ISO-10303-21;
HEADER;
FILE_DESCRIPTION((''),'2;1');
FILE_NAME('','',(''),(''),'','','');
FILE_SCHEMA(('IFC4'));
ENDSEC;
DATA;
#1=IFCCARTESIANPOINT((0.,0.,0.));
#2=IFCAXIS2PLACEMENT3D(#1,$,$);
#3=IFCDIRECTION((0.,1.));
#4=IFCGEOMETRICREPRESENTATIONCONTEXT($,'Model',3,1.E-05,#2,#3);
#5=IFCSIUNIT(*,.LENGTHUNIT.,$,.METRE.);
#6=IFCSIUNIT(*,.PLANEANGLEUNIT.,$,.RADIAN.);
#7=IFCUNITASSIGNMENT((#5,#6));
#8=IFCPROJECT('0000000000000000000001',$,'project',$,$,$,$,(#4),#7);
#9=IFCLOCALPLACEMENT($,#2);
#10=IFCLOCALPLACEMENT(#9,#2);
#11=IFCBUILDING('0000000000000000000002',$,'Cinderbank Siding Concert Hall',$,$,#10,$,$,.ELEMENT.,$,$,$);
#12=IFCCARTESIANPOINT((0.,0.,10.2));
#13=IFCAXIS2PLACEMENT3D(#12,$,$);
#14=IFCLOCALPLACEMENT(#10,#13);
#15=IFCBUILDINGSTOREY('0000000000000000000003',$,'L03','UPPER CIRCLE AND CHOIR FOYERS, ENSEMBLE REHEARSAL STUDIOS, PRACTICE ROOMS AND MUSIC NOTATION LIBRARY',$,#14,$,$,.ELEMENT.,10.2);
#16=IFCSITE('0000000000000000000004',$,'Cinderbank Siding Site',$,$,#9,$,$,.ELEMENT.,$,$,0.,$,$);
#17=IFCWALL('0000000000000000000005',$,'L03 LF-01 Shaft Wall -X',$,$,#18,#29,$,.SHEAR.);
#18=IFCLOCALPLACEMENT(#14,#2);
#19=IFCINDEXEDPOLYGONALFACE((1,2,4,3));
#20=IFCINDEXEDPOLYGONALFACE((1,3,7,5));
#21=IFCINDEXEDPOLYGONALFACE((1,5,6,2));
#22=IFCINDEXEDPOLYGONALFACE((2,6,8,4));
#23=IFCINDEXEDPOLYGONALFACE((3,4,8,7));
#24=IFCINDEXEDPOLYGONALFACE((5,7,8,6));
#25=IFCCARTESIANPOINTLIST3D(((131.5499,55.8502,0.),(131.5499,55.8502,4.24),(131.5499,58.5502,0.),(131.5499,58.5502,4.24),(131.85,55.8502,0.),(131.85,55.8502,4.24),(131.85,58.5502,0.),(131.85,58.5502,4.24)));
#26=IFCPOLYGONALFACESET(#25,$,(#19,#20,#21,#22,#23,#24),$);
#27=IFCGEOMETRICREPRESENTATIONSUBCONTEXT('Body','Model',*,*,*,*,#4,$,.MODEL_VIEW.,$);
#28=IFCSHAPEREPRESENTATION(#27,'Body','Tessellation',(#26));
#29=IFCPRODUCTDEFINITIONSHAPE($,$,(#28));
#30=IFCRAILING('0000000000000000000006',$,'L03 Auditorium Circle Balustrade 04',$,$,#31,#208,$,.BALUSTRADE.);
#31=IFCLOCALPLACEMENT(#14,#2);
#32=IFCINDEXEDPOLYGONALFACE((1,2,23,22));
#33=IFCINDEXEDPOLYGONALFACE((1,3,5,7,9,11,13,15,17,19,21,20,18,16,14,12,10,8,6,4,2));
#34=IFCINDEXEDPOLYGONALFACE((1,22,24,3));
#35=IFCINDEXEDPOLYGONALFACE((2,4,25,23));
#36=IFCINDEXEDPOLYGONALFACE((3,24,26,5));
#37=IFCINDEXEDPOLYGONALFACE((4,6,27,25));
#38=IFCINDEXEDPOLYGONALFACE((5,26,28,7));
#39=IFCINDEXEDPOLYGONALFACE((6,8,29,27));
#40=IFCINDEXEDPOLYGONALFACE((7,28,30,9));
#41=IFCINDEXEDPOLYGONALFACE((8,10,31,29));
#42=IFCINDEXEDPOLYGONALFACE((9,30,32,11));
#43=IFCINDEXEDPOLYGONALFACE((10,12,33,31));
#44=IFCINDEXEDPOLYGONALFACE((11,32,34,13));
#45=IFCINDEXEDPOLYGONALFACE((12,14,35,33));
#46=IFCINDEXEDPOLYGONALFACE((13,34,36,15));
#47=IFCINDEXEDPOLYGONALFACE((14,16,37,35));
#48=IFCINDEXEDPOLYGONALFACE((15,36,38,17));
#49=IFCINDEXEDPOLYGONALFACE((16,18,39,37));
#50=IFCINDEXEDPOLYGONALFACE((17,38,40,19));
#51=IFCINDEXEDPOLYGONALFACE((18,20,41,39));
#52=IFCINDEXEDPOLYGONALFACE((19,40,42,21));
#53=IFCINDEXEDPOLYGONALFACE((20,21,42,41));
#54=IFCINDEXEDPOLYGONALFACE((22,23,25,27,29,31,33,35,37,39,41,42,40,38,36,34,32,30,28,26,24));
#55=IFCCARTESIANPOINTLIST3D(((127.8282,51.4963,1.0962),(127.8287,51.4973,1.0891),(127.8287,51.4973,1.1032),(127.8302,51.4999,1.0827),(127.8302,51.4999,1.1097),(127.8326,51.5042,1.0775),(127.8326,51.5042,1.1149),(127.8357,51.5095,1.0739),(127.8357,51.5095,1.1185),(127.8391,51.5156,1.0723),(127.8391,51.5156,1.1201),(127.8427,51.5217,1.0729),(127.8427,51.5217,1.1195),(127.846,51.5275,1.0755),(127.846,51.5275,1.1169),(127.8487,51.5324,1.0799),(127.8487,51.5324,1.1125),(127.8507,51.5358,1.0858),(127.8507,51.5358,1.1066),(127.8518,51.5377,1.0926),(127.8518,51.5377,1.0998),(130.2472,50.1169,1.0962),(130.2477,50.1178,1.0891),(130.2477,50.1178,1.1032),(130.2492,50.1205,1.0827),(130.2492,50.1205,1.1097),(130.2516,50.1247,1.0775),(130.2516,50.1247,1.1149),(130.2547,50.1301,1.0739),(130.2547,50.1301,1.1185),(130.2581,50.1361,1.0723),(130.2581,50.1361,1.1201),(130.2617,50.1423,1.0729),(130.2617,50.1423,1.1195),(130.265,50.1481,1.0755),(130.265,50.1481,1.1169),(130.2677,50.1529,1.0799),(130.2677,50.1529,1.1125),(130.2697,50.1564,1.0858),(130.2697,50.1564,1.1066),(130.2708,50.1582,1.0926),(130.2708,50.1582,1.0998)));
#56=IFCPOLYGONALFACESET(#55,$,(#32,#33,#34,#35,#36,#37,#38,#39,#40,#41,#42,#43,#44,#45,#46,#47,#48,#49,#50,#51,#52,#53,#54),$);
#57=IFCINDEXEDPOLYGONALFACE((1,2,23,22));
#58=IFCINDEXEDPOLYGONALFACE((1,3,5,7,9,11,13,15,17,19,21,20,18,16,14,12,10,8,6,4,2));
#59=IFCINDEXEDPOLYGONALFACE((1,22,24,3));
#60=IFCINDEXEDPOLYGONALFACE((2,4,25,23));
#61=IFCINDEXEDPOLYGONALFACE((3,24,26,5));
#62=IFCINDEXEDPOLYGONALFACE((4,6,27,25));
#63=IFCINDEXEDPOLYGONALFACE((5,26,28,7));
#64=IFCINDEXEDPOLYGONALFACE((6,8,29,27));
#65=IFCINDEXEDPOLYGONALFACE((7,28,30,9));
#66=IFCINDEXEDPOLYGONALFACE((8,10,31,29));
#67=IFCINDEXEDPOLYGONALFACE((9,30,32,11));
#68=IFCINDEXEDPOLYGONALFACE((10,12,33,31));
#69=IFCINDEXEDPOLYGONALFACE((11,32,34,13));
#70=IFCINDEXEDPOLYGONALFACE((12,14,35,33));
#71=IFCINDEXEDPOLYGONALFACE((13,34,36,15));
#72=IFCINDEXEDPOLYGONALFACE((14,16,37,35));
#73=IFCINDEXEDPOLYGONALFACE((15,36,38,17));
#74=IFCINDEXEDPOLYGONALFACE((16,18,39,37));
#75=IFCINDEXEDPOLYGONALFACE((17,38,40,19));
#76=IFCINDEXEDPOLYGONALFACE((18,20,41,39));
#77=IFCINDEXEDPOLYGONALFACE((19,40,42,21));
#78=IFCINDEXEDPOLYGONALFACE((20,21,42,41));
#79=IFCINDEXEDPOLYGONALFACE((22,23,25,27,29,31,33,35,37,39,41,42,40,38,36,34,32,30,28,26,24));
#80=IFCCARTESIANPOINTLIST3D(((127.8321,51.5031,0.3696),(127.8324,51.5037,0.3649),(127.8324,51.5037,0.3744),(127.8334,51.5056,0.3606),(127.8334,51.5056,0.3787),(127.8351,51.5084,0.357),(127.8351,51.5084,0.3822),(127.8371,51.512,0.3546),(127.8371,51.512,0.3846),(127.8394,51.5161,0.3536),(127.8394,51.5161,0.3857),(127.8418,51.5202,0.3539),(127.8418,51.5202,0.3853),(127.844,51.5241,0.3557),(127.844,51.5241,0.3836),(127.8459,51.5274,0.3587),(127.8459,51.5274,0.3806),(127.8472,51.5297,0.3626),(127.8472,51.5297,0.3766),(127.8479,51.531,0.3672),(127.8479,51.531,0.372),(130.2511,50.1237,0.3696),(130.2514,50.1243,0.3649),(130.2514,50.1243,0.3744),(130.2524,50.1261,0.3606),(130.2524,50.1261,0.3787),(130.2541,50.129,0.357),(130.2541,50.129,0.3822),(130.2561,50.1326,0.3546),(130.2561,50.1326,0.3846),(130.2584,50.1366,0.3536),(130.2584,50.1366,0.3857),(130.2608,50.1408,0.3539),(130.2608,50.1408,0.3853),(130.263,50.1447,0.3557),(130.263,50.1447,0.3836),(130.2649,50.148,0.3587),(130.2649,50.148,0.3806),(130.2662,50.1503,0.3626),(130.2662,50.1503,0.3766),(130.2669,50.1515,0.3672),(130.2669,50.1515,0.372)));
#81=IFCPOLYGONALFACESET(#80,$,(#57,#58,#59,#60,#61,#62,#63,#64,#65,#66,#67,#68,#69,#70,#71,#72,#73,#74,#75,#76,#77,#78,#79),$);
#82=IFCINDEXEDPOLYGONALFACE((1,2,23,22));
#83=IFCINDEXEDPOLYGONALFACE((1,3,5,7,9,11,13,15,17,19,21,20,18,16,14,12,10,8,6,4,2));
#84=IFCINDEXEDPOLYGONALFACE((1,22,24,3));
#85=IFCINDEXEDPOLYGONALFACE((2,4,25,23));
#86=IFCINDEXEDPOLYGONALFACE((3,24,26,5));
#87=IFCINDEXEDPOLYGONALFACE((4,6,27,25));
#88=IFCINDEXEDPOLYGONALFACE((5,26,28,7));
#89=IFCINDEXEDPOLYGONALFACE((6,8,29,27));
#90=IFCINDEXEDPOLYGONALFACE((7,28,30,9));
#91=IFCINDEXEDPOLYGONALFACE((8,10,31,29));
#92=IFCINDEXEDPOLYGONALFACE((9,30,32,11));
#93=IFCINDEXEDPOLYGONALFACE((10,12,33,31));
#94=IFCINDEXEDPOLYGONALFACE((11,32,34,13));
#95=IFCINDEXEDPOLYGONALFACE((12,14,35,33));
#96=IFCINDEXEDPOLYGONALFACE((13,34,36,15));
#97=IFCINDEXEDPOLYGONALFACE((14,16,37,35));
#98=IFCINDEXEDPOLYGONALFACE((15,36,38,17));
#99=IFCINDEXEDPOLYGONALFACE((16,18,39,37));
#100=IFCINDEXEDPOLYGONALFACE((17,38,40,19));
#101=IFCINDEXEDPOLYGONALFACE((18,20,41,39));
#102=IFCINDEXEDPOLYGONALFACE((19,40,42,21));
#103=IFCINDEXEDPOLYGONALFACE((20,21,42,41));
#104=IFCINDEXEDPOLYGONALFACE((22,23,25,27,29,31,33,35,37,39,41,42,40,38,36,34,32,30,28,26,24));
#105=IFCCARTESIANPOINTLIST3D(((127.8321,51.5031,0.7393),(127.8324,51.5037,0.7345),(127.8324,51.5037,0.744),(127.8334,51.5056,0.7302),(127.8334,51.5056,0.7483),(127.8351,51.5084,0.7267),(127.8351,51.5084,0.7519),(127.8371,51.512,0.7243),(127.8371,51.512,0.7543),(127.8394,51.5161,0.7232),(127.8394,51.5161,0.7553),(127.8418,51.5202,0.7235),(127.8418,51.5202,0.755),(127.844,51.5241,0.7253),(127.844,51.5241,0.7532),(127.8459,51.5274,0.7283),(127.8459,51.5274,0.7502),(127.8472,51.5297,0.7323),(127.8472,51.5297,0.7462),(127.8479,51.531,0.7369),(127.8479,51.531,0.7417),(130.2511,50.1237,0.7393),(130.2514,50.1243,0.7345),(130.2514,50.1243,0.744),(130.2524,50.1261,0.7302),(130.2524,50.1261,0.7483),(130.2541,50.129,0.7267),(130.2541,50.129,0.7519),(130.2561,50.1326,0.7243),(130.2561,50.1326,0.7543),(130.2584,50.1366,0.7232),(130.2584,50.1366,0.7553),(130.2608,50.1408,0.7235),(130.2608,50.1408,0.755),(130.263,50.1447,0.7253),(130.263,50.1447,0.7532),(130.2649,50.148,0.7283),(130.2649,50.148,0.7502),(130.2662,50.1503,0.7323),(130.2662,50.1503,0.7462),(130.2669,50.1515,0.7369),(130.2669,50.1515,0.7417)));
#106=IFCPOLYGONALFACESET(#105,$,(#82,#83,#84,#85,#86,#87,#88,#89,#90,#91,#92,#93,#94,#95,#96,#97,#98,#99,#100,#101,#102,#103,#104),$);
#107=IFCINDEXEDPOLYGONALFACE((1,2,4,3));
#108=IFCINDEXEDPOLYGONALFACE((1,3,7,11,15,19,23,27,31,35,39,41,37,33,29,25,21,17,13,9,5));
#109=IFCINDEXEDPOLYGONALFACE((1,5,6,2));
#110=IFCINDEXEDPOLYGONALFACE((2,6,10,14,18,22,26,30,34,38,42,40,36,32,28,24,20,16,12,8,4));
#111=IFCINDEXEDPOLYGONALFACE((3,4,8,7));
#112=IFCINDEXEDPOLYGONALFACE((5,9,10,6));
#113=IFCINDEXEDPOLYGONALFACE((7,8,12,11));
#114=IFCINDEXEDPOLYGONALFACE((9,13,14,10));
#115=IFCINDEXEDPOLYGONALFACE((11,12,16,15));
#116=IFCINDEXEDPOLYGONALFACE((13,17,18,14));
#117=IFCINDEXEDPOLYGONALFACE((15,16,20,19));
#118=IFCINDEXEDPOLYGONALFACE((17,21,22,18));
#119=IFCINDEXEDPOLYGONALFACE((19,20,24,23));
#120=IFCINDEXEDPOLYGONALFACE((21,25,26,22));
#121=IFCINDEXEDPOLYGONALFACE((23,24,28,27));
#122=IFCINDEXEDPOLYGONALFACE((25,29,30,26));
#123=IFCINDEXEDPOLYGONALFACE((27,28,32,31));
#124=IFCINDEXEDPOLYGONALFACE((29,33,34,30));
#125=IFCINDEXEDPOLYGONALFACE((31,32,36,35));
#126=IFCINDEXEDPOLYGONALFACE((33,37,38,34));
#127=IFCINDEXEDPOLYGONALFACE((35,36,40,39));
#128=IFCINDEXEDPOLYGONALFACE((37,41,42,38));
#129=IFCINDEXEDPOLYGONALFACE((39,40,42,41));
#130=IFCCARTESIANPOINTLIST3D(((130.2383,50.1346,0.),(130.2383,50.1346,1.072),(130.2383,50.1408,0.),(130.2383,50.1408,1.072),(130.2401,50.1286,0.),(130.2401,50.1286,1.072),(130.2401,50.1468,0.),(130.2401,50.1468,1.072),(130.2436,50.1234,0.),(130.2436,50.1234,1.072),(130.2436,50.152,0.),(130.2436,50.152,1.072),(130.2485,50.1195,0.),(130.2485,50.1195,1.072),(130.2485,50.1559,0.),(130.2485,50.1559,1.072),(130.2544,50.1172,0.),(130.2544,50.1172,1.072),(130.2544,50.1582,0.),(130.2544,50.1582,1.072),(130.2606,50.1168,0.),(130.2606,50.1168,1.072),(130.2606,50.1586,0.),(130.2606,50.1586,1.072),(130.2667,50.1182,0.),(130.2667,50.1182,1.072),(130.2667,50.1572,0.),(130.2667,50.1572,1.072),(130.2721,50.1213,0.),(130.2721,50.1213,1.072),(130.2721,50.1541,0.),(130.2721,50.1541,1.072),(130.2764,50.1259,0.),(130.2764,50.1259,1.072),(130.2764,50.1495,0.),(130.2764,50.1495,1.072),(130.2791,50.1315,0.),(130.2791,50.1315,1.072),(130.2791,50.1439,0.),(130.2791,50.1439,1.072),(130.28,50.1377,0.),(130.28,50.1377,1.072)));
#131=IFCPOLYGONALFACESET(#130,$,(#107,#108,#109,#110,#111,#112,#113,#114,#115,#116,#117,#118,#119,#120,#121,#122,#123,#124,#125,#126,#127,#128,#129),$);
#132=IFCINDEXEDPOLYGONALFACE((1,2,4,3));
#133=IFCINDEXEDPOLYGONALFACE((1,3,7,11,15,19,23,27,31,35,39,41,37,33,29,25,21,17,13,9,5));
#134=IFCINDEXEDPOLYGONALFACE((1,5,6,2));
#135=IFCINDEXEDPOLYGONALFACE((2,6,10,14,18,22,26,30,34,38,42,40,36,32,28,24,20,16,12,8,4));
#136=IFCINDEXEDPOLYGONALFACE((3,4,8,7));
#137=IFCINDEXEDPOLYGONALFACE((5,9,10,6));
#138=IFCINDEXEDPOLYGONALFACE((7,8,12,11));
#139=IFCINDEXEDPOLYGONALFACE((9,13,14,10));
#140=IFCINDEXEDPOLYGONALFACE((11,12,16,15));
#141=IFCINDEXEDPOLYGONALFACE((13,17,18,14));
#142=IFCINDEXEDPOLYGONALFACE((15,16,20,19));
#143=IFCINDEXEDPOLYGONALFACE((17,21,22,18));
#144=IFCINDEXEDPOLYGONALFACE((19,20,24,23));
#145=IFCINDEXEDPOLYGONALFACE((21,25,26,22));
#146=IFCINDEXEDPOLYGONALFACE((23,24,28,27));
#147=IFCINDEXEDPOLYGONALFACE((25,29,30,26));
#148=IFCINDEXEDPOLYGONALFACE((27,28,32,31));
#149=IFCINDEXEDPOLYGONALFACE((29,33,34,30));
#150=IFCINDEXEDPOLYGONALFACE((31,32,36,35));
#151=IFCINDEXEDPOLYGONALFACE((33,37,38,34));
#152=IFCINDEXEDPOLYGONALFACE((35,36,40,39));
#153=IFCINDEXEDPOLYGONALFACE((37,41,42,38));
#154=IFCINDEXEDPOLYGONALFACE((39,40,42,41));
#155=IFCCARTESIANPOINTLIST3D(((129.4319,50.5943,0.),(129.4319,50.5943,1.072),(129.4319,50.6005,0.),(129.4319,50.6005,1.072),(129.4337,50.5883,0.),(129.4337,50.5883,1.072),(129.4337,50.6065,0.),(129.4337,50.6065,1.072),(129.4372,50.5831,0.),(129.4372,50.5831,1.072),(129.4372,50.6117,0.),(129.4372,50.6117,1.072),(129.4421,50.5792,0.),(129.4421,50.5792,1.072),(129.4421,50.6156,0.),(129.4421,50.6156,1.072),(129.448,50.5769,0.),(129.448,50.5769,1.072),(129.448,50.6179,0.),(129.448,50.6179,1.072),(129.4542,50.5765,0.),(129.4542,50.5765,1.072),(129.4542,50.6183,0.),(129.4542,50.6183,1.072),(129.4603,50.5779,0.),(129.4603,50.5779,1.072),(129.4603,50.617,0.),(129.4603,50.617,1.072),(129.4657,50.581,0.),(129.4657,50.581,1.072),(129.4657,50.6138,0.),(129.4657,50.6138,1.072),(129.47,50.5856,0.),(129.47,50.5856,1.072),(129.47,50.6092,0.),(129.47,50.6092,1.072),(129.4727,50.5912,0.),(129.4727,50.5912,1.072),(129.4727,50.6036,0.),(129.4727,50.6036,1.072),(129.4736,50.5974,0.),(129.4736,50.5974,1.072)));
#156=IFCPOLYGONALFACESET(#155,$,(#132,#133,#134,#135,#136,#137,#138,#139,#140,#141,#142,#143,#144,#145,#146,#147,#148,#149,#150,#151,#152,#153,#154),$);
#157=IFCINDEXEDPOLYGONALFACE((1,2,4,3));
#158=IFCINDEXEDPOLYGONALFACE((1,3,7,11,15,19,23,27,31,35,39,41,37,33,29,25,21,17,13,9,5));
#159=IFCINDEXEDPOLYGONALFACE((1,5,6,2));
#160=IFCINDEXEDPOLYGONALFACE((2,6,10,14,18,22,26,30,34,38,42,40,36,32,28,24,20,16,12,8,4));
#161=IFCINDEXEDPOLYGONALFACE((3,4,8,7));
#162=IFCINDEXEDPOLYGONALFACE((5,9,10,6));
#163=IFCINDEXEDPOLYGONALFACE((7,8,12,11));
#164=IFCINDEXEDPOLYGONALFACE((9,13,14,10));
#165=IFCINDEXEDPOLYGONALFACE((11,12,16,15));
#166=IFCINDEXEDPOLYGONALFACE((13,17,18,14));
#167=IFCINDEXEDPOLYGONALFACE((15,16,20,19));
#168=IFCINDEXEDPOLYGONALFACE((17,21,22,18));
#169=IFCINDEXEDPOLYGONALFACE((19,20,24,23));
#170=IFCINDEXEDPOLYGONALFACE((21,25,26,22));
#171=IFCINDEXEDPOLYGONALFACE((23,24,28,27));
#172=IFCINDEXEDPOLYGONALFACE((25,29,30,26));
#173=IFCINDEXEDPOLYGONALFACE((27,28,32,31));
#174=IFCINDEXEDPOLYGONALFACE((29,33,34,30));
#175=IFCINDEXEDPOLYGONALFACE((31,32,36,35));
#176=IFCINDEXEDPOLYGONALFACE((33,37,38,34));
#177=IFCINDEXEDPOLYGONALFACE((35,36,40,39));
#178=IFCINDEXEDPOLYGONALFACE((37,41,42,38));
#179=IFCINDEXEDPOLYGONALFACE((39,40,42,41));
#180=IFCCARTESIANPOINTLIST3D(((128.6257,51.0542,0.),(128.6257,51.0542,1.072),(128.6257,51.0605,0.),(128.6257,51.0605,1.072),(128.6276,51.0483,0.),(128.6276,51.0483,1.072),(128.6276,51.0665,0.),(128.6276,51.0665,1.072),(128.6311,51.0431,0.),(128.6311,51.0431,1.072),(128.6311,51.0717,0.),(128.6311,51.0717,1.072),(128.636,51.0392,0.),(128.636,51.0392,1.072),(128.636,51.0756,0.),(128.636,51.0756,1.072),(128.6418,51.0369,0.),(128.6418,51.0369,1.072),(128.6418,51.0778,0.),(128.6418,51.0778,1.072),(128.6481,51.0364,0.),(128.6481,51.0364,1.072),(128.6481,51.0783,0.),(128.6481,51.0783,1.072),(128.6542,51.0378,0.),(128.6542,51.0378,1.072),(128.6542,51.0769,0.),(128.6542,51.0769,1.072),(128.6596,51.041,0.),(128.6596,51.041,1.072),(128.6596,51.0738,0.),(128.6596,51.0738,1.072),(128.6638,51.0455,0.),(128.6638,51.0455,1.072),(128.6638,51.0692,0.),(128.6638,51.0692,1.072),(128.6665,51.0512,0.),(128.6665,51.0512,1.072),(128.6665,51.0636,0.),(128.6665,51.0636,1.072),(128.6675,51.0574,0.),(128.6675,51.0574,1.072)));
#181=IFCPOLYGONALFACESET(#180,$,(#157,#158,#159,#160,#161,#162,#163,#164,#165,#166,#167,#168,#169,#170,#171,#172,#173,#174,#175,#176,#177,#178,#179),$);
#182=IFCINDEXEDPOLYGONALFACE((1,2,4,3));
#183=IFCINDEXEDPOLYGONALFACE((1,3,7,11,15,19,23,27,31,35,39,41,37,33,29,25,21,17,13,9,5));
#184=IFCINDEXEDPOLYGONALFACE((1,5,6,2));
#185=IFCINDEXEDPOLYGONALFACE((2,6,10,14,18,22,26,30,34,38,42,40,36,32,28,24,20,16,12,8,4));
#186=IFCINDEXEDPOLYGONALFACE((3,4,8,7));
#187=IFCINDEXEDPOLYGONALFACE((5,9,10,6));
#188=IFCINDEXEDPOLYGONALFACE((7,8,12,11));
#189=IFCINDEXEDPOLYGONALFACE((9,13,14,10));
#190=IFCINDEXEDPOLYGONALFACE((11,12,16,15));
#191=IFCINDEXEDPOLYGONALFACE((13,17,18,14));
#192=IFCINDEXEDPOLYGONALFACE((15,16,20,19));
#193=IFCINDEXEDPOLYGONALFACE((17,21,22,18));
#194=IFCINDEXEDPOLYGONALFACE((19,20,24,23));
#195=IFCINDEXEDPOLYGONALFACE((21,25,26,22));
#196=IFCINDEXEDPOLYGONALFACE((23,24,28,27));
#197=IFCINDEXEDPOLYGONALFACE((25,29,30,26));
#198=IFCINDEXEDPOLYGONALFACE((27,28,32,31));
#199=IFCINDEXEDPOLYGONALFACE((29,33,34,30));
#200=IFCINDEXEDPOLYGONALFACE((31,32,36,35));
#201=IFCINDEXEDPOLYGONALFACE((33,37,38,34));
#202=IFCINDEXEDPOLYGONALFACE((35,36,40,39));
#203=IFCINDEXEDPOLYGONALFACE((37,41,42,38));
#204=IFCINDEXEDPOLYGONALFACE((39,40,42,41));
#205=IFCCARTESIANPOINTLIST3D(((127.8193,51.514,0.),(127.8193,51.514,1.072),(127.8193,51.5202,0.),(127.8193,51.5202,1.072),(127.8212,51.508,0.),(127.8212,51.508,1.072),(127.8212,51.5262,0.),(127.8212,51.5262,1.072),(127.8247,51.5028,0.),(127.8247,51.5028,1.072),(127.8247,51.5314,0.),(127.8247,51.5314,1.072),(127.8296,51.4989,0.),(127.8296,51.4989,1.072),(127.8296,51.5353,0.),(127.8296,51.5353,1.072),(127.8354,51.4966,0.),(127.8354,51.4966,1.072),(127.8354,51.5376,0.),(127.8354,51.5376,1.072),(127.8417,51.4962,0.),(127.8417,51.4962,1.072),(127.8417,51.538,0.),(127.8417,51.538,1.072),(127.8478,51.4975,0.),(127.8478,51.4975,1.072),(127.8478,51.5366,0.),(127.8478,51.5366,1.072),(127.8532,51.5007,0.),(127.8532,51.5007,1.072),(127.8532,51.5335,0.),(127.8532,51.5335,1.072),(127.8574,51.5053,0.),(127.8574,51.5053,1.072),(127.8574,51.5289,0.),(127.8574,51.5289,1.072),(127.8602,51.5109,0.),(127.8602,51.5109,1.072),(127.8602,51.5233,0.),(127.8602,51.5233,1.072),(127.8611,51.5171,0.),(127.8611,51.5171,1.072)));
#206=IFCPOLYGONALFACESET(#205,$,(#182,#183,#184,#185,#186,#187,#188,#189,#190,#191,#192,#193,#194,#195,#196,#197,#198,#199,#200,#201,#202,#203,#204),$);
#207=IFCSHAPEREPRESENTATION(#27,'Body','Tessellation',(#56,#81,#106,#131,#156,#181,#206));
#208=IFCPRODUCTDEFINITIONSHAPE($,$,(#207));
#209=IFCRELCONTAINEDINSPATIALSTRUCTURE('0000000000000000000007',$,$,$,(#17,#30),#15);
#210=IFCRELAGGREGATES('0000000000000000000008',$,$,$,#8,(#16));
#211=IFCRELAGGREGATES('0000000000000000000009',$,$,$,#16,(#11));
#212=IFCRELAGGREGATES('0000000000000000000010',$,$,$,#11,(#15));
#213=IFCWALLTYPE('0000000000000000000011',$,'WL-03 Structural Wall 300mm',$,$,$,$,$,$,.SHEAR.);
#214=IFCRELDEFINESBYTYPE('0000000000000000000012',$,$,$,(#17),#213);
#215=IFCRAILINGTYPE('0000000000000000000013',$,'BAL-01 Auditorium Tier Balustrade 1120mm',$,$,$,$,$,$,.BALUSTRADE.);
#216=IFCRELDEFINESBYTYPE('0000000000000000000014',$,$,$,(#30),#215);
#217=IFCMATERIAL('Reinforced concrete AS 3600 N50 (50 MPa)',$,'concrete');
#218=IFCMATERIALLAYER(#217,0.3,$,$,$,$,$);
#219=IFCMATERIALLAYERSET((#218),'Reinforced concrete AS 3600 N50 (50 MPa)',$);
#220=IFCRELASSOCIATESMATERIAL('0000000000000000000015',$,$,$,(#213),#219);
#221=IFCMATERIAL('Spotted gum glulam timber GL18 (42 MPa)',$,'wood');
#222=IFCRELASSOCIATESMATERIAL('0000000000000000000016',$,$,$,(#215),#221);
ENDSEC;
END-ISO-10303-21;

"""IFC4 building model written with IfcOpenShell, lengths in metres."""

from ifc_helpers import new_model, si_unit, direction, frame, frame_2d, origin, origin_2d, place, context, subcontext, project, spatial, rectangle, circle, extrude, material, layer, layer_set, type_object, element, save


model = new_model("IFC4")

# Units and contexts
model_context = context("Model", 3, precision=1e-05, world=origin(), true_north=direction((0.0, 1.0)))
body_context = subcontext(model_context, "Body", "Model", "MODEL_VIEW")
ifc_project = project(units=[si_unit("LENGTHUNIT", "METRE"), si_unit("PLANEANGLEUNIT", "RADIAN")], contexts=[model_context])

# Site, building, storey
site_placement = place(None, origin())
site = spatial("IfcSite", under=ifc_project, at=site_placement, Name="Cinderbank Siding Site", CompositionType="ELEMENT", RefElevation=0.0)
building_placement = place(site_placement, origin())
building = spatial("IfcBuilding", under=site, at=building_placement, Name="Cinderbank Siding Concert Hall", CompositionType="ELEMENT")
storey_placement = place(building_placement, frame((0.0, 0.0, 10.2)))
storey = spatial("IfcBuildingStorey", under=building, at=storey_placement, Name="L03", Description="UPPER CIRCLE AND CHOIR FOYERS, ENSEMBLE REHEARSAL STUDIOS, PRACTICE ROOMS AND MUSIC NOTATION LIBRARY", CompositionType="ELEMENT", Elevation=10.2)

# Shared definitions
ifc_material_1 = material(Name="Reinforced concrete AS 3600 N50 (50 MPa)", Category="concrete")

# Shared definitions
ifc_material_2 = material(Name="Spotted gum glulam timber GL18 (42 MPa)", Category="wood")

# Shared definitions
ifc_layer_1 = layer(ifc_material_1, 0.3)
ifc_layer_set_1 = layer_set([ifc_layer_1], Name="Reinforced concrete AS 3600 N50 (50 MPa)")
wall_type_1 = type_object("IfcWallType", Name="WL-03 Structural Wall 300mm", PredefinedType="SHEAR", material=ifc_layer_set_1)

# Wall
wall_1_placement = place(storey_placement, frame((131.7, 55.8501, 0.0), z_axis=(0.0, 0.0, 1.0), x_axis=(0.0, 1.0, 0.0)))
element("IfcWall", 1, at=wall_1_placement, inside=storey, type_object=wall_type_1, Name="L03 LF-01 Shaft Wall -X", PredefinedType="SHEAR", context=body_context, shape_type="SweptSolid", body=[
    extrude(rectangle(XDim=2.7, YDim=0.3, at=frame_2d((1.3501, 0.0))), origin(), (0.0, 0.0, 1.0), 4.24),
])

# Railing
railing_type = type_object("IfcRailingType", Name="BAL-01 Auditorium Tier Balustrade 1120mm", PredefinedType="BALUSTRADE", material=ifc_material_2)
railing_1_placement = place(storey_placement, frame((130.259, 50.1377, 0.0)))
element("IfcRailing", 2, at=railing_1_placement, inside=storey, type_object=railing_type, Name="L03 Auditorium Circle Balustrade 04", PredefinedType="BALUSTRADE", context=body_context, shape_type="SweptSolid", body=[
    extrude(circle(Radius=0.0239, at=origin_2d()), frame((0.0, 0.0, 1.0962), z_axis=(-0.868685, 0.495365, 0.0), x_axis=(-0.495365, -0.868685, 0.0)), (0.0, 0.0, 1.0), 2.7847),
    extrude(circle(Radius=0.0161, at=origin_2d()), frame((0.0, 0.0, 0.3696), z_axis=(-0.868685, 0.495365, 0.0), x_axis=(-0.495365, -0.868685, 0.0)), (0.0, 0.0, 1.0), 2.7847),
    extrude(circle(Radius=0.0161, at=origin_2d()), frame((0.0, 0.0, 0.7393), z_axis=(-0.868685, 0.495365, 0.0), x_axis=(-0.495365, -0.868685, 0.0)), (0.0, 0.0, 1.0), 2.7847),
    extrude(circle(Radius=0.021, at=origin_2d()), origin(), (0.0, 0.0, 1.0), 1.072),
    extrude(circle(Radius=0.021, at=origin_2d()), frame((-0.8064, 0.4597, 0.0)), (0.0, 0.0, 1.0), 1.072),
    extrude(circle(Radius=0.021, at=origin_2d()), frame((-1.6125, 0.9197, 0.0)), (0.0, 0.0, 1.0), 1.072),
    extrude(circle(Radius=0.021, at=origin_2d()), frame((-2.4189, 1.3794, 0.0)), (0.0, 0.0, 1.0), 1.072),
])

save(model, "model.ifc")
